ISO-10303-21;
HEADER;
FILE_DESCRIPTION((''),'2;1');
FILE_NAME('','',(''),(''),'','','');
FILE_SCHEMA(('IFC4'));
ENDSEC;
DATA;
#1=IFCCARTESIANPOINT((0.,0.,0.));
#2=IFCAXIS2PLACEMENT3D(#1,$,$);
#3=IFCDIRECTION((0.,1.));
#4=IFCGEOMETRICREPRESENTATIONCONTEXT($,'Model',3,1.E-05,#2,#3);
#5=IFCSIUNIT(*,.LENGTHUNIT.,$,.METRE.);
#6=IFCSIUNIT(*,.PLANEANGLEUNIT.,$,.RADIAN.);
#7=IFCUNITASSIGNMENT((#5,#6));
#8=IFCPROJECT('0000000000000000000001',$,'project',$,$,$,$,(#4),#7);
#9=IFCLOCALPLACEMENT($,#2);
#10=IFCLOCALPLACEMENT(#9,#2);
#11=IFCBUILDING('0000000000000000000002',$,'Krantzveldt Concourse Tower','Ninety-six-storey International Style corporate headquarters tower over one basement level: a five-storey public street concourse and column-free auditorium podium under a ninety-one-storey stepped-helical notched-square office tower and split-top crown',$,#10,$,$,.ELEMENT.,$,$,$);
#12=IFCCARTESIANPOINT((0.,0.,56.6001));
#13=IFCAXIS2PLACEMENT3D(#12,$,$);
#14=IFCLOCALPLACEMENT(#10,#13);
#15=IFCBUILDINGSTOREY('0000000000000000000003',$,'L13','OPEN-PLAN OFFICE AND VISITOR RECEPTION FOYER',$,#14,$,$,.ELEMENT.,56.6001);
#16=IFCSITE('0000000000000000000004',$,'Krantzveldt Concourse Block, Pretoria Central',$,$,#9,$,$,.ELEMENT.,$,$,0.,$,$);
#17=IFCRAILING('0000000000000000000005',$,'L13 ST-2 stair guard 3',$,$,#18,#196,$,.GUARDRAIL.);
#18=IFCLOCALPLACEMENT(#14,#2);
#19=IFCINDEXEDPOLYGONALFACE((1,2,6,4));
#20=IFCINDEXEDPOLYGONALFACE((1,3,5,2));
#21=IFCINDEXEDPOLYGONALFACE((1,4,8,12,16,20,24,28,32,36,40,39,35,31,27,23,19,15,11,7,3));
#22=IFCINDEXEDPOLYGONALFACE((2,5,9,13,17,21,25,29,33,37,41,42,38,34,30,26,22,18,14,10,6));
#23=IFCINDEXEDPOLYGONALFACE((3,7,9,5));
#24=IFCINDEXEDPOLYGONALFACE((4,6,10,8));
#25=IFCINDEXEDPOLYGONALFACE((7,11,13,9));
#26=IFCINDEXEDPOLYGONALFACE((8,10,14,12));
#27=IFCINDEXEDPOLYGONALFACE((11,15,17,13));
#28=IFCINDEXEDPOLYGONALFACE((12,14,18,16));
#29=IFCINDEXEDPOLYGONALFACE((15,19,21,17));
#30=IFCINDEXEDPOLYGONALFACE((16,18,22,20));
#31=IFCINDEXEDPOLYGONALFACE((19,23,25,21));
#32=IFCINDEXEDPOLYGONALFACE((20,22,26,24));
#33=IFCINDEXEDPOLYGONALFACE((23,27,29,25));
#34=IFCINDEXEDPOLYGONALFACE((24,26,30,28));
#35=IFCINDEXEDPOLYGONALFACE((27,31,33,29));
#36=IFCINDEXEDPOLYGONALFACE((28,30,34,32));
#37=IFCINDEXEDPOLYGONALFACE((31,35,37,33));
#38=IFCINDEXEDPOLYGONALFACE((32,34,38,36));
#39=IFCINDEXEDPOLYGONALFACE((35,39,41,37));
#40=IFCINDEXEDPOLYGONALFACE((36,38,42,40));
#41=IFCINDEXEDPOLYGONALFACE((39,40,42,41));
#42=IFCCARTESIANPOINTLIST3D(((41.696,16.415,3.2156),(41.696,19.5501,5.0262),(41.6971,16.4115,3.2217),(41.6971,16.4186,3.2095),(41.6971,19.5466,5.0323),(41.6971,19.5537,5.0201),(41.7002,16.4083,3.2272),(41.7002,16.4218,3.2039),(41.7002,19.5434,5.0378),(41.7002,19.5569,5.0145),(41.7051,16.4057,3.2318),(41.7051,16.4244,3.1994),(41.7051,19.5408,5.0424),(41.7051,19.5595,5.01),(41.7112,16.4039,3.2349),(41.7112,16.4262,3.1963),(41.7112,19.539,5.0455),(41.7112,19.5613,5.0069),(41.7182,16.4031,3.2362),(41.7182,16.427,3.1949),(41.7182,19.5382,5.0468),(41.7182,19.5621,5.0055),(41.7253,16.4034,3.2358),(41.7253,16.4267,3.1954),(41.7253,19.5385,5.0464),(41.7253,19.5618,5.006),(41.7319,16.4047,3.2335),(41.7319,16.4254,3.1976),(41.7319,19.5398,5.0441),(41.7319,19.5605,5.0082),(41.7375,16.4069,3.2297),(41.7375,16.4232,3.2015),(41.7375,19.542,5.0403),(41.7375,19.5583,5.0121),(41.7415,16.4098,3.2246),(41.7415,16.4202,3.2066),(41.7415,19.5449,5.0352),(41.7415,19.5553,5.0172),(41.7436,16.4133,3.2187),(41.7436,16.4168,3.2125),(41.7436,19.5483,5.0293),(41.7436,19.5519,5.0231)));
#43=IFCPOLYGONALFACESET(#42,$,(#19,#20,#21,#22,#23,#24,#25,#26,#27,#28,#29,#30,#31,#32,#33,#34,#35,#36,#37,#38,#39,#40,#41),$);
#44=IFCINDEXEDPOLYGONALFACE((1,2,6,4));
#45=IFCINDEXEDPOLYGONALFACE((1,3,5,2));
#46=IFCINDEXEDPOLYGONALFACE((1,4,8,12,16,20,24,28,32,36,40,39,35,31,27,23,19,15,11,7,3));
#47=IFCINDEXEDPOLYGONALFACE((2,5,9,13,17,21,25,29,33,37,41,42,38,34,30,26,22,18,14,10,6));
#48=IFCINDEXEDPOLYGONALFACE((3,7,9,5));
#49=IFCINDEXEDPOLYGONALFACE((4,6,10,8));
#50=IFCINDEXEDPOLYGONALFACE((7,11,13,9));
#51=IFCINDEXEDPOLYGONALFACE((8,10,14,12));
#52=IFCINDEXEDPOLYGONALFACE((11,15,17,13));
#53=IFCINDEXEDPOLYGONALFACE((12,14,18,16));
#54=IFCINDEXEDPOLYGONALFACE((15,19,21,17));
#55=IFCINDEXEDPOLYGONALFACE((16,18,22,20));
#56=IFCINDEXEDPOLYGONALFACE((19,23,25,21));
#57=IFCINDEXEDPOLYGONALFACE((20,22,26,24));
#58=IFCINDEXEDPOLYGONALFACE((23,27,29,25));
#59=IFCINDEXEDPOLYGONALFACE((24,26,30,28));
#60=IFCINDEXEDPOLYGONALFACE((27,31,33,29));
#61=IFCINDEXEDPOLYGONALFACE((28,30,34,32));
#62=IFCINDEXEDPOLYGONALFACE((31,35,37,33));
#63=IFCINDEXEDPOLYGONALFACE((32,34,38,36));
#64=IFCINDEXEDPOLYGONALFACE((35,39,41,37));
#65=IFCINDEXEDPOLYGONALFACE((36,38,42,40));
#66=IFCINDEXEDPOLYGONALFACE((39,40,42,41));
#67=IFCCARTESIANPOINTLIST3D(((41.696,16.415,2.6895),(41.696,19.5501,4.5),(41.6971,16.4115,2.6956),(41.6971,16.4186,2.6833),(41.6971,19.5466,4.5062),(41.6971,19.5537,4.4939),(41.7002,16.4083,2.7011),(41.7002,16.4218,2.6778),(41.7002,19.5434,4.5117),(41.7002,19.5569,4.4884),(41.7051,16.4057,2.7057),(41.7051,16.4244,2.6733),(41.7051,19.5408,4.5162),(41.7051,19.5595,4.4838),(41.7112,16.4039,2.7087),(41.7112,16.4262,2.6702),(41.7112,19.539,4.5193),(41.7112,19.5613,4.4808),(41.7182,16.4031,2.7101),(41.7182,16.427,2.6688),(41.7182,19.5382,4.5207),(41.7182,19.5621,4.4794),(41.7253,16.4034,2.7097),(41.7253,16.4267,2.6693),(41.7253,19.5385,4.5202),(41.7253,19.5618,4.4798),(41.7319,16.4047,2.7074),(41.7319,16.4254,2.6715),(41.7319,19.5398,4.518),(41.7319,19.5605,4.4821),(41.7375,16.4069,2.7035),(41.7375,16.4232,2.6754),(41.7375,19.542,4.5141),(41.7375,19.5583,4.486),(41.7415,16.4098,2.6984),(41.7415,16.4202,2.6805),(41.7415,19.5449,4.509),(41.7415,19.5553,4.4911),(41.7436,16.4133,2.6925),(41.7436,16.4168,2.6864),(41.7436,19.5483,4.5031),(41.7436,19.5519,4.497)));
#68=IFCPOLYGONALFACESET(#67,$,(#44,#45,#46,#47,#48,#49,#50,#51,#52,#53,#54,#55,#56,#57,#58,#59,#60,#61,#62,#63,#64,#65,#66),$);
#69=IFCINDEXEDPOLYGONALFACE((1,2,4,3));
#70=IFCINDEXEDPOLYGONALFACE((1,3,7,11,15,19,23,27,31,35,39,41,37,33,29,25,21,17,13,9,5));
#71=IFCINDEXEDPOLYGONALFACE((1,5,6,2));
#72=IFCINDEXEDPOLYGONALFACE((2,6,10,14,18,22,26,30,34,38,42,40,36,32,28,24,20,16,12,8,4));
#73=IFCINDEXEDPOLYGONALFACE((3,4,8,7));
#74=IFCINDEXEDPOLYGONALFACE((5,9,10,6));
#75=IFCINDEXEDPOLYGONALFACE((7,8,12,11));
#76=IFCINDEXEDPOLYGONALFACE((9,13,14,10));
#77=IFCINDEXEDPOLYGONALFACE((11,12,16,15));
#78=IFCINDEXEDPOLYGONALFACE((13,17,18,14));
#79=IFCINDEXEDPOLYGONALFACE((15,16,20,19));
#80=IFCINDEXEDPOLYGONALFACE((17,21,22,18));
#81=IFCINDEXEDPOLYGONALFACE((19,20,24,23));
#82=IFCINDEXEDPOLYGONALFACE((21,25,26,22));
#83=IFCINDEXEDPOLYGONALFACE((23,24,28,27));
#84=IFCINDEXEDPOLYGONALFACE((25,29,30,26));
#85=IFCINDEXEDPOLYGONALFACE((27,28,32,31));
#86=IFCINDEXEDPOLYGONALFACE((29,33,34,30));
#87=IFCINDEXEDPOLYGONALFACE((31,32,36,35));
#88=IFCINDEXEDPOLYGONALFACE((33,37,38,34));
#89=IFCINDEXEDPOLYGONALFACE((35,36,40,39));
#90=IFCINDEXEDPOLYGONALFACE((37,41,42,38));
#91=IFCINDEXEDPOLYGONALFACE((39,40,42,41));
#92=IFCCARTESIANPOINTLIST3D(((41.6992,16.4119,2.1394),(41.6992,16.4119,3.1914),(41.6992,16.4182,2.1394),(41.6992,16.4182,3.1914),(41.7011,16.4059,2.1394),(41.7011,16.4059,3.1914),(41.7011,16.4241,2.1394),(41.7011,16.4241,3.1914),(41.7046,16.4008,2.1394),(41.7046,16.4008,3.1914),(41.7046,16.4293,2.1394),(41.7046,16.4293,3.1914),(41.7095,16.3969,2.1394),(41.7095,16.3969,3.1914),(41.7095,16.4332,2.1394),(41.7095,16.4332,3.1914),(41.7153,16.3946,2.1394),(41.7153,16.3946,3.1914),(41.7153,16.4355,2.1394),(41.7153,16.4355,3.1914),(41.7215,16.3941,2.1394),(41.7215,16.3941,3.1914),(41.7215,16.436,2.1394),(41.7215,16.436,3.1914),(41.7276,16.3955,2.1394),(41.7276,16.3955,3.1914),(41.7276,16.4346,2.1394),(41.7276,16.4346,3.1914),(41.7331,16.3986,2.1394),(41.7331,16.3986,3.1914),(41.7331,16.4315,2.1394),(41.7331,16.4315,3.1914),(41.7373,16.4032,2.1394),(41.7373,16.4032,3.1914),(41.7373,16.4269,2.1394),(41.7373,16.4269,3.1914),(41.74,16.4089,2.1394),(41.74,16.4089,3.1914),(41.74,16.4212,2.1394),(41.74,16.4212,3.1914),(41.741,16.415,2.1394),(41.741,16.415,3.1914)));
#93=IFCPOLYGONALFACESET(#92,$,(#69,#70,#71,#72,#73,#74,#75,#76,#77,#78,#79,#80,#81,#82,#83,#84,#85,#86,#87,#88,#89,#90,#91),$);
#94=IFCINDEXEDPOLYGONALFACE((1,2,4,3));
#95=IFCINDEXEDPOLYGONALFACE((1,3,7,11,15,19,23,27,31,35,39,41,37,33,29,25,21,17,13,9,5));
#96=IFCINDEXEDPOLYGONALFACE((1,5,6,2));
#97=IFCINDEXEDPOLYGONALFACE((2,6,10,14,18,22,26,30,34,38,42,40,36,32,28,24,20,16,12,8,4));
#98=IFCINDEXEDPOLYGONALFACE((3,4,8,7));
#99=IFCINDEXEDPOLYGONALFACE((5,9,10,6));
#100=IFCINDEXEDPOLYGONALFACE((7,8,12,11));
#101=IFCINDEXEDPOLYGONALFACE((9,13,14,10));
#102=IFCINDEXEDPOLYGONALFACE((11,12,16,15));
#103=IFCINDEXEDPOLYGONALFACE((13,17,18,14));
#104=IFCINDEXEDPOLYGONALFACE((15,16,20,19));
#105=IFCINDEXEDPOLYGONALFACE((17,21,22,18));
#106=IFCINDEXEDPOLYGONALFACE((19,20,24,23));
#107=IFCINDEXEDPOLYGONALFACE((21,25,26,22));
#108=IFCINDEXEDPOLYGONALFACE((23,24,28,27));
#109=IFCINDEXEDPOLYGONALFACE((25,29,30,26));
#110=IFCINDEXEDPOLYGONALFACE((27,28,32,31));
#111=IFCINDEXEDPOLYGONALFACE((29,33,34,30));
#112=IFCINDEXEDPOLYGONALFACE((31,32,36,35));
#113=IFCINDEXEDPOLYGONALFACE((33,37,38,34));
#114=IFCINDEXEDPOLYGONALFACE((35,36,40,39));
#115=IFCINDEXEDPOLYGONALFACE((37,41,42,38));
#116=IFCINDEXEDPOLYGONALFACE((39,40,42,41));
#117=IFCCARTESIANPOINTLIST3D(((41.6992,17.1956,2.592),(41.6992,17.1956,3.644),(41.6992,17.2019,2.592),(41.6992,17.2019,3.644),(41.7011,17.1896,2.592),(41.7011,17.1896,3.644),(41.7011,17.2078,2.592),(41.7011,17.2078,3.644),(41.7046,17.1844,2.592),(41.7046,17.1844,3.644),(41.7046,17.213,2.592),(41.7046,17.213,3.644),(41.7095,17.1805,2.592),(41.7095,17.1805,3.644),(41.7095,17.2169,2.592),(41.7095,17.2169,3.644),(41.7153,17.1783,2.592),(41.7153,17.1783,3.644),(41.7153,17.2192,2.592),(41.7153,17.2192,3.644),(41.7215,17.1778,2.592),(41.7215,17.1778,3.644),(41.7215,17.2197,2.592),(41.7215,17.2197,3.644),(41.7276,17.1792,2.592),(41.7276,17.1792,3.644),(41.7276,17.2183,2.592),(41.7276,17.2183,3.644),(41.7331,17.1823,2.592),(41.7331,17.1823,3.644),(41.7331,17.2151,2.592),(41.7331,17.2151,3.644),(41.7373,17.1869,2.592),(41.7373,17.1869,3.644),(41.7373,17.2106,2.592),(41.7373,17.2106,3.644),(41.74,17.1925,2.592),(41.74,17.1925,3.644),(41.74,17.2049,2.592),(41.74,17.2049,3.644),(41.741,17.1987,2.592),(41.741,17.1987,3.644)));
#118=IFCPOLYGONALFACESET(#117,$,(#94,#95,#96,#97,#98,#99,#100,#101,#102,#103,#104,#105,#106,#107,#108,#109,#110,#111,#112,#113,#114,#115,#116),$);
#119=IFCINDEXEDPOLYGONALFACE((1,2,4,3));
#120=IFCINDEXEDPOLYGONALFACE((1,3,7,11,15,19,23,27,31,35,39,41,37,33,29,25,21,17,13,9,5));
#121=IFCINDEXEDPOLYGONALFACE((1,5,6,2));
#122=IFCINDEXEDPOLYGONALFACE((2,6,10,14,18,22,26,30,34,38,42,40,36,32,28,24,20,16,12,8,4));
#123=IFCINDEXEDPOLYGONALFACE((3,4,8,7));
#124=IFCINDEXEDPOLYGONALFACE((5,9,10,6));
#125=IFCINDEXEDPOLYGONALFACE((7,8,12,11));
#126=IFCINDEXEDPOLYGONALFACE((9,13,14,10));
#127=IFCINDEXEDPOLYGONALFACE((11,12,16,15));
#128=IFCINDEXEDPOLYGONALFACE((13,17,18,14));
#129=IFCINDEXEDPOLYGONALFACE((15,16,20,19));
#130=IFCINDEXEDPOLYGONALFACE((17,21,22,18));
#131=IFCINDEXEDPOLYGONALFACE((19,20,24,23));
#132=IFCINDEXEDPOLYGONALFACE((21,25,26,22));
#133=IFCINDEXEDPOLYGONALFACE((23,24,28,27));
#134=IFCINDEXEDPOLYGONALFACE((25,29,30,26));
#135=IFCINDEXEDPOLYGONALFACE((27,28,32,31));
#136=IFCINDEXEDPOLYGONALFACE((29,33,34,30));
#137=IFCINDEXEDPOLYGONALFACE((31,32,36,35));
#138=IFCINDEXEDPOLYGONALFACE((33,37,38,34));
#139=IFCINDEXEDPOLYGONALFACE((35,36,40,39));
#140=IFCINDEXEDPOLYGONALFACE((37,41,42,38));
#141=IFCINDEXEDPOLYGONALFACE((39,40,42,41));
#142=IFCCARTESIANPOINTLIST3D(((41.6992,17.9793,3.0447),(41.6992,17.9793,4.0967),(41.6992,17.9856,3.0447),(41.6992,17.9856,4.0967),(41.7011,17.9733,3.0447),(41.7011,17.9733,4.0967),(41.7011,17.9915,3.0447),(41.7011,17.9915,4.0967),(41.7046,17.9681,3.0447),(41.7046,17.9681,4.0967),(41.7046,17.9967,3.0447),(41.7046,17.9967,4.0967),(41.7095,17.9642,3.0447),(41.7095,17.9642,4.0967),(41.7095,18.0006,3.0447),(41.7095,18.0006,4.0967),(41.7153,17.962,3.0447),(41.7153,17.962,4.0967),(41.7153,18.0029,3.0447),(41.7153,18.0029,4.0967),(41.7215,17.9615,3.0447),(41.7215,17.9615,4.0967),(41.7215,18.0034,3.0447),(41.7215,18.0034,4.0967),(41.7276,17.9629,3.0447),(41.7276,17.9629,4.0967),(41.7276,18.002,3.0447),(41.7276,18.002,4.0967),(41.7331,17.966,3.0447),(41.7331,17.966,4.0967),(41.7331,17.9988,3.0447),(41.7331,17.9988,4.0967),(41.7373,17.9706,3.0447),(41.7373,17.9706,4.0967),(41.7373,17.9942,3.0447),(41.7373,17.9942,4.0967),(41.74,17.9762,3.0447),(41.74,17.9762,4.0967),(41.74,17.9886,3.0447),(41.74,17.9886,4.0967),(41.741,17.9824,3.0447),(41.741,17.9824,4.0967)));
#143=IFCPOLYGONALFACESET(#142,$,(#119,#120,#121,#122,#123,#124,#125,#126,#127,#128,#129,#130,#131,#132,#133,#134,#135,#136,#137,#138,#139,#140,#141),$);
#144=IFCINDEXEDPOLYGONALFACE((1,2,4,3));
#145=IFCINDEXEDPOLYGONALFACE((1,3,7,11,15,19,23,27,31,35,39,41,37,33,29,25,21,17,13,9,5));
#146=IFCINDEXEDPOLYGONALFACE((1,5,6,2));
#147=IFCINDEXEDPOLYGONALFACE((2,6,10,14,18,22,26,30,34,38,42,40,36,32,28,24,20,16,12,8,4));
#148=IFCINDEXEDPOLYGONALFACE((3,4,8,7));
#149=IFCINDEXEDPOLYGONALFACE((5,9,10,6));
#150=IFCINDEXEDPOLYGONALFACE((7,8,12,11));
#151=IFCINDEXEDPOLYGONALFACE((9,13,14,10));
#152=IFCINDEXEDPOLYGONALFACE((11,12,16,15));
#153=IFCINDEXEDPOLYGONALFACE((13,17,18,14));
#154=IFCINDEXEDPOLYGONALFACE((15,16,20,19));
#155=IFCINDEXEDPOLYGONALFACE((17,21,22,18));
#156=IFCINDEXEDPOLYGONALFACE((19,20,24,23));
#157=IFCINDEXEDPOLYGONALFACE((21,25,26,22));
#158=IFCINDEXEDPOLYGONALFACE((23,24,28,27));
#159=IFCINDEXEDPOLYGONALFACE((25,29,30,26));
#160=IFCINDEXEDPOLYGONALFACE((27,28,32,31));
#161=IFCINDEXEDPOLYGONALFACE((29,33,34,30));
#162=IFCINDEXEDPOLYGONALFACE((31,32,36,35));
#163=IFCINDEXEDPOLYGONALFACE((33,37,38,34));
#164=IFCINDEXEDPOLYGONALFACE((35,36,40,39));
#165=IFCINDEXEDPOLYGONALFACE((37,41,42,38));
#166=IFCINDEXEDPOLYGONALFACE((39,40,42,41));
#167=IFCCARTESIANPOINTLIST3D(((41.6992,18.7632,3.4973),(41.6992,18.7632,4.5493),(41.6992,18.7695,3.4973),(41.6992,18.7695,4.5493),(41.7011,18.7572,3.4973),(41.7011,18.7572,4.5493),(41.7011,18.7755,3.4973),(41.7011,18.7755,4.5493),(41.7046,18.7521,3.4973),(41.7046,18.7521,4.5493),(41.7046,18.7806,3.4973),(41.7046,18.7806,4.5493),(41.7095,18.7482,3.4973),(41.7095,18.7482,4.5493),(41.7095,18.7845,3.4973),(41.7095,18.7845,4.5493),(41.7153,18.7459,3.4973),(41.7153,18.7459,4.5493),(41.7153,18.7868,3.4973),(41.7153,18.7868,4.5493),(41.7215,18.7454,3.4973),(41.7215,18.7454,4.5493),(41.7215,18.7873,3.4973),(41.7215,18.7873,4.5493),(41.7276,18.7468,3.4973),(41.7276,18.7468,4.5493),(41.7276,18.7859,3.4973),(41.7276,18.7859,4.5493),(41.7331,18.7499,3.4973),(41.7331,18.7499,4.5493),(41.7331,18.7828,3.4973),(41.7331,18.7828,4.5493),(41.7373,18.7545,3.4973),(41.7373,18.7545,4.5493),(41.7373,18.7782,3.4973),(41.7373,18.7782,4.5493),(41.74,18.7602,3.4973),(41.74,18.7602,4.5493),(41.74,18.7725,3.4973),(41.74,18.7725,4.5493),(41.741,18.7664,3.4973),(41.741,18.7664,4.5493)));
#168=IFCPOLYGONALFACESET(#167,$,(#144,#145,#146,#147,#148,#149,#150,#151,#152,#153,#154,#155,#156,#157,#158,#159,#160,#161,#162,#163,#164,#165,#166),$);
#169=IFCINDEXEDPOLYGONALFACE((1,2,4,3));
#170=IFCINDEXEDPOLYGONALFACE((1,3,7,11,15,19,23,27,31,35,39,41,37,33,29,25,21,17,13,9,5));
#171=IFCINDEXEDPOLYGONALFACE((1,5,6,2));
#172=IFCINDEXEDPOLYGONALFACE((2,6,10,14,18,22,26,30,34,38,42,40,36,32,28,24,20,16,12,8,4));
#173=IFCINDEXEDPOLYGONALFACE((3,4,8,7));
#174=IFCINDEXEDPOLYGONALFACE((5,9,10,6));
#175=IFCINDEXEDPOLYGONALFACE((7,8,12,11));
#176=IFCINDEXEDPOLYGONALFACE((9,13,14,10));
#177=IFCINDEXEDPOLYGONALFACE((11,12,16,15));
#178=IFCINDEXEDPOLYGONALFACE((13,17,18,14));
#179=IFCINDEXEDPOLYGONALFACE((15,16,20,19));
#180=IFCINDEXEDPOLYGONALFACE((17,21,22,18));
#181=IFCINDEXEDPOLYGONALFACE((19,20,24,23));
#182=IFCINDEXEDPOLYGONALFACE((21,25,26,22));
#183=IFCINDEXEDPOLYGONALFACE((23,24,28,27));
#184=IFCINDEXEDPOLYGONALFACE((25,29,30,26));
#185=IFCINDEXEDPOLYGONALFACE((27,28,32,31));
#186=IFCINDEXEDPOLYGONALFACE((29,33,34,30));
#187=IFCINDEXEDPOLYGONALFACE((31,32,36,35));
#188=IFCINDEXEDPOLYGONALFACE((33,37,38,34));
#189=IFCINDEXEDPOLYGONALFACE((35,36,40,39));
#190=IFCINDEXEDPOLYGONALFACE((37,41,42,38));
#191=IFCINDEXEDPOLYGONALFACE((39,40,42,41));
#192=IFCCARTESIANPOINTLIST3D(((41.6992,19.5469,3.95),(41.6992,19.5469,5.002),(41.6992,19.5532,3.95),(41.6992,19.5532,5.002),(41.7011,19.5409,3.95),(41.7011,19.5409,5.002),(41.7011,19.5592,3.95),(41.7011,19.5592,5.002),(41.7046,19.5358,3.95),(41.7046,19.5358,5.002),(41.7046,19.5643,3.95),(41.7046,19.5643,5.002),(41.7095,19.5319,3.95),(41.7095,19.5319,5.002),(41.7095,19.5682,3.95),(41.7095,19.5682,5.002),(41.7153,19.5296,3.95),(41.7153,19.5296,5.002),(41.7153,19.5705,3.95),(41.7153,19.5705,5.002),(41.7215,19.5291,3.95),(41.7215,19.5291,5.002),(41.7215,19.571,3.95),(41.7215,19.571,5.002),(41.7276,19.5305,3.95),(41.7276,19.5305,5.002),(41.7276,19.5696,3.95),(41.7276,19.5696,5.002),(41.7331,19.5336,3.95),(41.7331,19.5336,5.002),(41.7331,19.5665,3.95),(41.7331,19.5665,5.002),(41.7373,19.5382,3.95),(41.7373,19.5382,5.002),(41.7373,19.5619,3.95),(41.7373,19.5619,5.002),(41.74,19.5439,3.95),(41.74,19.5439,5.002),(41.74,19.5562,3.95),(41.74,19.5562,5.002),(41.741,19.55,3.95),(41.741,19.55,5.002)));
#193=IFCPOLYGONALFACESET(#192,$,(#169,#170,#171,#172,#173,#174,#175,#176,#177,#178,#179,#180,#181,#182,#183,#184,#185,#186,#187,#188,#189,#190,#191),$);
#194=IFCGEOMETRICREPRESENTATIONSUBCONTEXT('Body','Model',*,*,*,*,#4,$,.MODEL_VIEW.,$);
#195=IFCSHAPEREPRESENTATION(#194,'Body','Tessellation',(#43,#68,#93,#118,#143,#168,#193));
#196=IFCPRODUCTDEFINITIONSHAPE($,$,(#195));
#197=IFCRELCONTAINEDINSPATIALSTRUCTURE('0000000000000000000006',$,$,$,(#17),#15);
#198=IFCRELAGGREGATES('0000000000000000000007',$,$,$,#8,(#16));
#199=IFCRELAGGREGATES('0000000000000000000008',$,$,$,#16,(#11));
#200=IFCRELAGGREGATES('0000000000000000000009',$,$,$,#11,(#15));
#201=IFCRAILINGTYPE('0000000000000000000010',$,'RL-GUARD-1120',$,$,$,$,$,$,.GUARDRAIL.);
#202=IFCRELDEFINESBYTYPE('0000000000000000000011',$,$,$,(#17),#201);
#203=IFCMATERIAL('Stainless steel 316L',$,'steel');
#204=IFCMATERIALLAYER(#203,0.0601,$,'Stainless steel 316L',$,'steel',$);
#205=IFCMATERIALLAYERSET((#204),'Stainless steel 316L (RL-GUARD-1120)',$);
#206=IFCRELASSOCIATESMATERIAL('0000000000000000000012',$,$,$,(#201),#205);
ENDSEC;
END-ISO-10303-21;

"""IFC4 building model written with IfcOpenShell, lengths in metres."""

from ifc_helpers import new_model, si_unit, direction, frame, origin, origin_2d, place, context, subcontext, project, spatial, circle, extrude, material, layer, layer_set, type_object, element, save


model = new_model("IFC4")

# Units and contexts
model_context = context("Model", 3, precision=1e-05, world=origin(), true_north=direction((0.0, 1.0)))
body_context = subcontext(model_context, "Body", "Model", "MODEL_VIEW")
ifc_project = project(units=[si_unit("LENGTHUNIT", "METRE"), si_unit("PLANEANGLEUNIT", "RADIAN")], contexts=[model_context])

# Site, building, storey
site_placement = place(None, origin())
site = spatial("IfcSite", under=ifc_project, at=site_placement, Name="Krantzveldt Concourse Block, Pretoria Central", CompositionType="ELEMENT", RefElevation=0.0)
building_placement = place(site_placement, origin())
building = spatial("IfcBuilding", under=site, at=building_placement, Name="Krantzveldt Concourse Tower", Description="Ninety-six-storey International Style corporate headquarters tower over one basement level: a five-storey public street concourse and column-free auditorium podium under a ninety-one-storey stepped-helical notched-square office tower and split-top crown", CompositionType="ELEMENT")
storey_placement = place(building_placement, frame((0.0, 0.0, 56.6001)))
storey = spatial("IfcBuildingStorey", under=building, at=storey_placement, Name="L13", Description="OPEN-PLAN OFFICE AND VISITOR RECEPTION FOYER", CompositionType="ELEMENT", Elevation=56.6001)

# Shared definitions
ifc_material_1 = material(Name="Stainless steel 316L", Category="steel")

# Railing
ifc_layer_1 = layer(ifc_material_1, 0.0601, Name="Stainless steel 316L", Category="steel")
ifc_layer_set_1 = layer_set([ifc_layer_1], Name="Stainless steel 316L (RL-GUARD-1120)")
railing_type_1 = type_object("IfcRailingType", Name="RL-GUARD-1120", PredefinedType="GUARDRAIL", material=ifc_layer_set_1)
railing_1_placement = place(storey_placement, frame((41.72, 16.415, 2.1394)))
element("IfcRailing", 1, at=railing_1_placement, inside=storey, type_object=railing_type_1, Name="L13 ST-2 stair guard 3", PredefinedType="GUARDRAIL", context=body_context, shape_type="SweptSolid", body=[
    extrude(circle(Radius=0.0239, at=origin_2d()), frame((0.0, 0.0, 1.0762), z_axis=(0.0, 0.86596, 0.500114), x_axis=(-1.0, 0.0, 0.0)), (0.0, 0.0, 1.0), 3.6204),
    extrude(circle(Radius=0.0239, at=origin_2d()), frame((0.0, 0.0, 0.55), z_axis=(0.0, 0.86596, 0.500114), x_axis=(-1.0, 0.0, 0.0)), (0.0, 0.0, 1.0), 3.6204),
    extrude(circle(Radius=0.021, at=origin_2d()), origin(), (0.0, 0.0, 1.0), 1.052),
    extrude(circle(Radius=0.021, at=origin_2d()), frame((0.0, 0.7837, 0.4526)), (0.0, 0.0, 1.0), 1.052),
    extrude(circle(Radius=0.021, at=origin_2d()), frame((0.0, 1.5674, 0.9053)), (0.0, 0.0, 1.0), 1.052),
    extrude(circle(Radius=0.021, at=origin_2d()), frame((0.0, 2.3513, 1.3579)), (0.0, 0.0, 1.0), 1.052),
    extrude(circle(Radius=0.021, at=origin_2d()), frame((0.0, 3.135, 1.8105)), (0.0, 0.0, 1.0), 1.052),
])

save(model, "model.ifc")
